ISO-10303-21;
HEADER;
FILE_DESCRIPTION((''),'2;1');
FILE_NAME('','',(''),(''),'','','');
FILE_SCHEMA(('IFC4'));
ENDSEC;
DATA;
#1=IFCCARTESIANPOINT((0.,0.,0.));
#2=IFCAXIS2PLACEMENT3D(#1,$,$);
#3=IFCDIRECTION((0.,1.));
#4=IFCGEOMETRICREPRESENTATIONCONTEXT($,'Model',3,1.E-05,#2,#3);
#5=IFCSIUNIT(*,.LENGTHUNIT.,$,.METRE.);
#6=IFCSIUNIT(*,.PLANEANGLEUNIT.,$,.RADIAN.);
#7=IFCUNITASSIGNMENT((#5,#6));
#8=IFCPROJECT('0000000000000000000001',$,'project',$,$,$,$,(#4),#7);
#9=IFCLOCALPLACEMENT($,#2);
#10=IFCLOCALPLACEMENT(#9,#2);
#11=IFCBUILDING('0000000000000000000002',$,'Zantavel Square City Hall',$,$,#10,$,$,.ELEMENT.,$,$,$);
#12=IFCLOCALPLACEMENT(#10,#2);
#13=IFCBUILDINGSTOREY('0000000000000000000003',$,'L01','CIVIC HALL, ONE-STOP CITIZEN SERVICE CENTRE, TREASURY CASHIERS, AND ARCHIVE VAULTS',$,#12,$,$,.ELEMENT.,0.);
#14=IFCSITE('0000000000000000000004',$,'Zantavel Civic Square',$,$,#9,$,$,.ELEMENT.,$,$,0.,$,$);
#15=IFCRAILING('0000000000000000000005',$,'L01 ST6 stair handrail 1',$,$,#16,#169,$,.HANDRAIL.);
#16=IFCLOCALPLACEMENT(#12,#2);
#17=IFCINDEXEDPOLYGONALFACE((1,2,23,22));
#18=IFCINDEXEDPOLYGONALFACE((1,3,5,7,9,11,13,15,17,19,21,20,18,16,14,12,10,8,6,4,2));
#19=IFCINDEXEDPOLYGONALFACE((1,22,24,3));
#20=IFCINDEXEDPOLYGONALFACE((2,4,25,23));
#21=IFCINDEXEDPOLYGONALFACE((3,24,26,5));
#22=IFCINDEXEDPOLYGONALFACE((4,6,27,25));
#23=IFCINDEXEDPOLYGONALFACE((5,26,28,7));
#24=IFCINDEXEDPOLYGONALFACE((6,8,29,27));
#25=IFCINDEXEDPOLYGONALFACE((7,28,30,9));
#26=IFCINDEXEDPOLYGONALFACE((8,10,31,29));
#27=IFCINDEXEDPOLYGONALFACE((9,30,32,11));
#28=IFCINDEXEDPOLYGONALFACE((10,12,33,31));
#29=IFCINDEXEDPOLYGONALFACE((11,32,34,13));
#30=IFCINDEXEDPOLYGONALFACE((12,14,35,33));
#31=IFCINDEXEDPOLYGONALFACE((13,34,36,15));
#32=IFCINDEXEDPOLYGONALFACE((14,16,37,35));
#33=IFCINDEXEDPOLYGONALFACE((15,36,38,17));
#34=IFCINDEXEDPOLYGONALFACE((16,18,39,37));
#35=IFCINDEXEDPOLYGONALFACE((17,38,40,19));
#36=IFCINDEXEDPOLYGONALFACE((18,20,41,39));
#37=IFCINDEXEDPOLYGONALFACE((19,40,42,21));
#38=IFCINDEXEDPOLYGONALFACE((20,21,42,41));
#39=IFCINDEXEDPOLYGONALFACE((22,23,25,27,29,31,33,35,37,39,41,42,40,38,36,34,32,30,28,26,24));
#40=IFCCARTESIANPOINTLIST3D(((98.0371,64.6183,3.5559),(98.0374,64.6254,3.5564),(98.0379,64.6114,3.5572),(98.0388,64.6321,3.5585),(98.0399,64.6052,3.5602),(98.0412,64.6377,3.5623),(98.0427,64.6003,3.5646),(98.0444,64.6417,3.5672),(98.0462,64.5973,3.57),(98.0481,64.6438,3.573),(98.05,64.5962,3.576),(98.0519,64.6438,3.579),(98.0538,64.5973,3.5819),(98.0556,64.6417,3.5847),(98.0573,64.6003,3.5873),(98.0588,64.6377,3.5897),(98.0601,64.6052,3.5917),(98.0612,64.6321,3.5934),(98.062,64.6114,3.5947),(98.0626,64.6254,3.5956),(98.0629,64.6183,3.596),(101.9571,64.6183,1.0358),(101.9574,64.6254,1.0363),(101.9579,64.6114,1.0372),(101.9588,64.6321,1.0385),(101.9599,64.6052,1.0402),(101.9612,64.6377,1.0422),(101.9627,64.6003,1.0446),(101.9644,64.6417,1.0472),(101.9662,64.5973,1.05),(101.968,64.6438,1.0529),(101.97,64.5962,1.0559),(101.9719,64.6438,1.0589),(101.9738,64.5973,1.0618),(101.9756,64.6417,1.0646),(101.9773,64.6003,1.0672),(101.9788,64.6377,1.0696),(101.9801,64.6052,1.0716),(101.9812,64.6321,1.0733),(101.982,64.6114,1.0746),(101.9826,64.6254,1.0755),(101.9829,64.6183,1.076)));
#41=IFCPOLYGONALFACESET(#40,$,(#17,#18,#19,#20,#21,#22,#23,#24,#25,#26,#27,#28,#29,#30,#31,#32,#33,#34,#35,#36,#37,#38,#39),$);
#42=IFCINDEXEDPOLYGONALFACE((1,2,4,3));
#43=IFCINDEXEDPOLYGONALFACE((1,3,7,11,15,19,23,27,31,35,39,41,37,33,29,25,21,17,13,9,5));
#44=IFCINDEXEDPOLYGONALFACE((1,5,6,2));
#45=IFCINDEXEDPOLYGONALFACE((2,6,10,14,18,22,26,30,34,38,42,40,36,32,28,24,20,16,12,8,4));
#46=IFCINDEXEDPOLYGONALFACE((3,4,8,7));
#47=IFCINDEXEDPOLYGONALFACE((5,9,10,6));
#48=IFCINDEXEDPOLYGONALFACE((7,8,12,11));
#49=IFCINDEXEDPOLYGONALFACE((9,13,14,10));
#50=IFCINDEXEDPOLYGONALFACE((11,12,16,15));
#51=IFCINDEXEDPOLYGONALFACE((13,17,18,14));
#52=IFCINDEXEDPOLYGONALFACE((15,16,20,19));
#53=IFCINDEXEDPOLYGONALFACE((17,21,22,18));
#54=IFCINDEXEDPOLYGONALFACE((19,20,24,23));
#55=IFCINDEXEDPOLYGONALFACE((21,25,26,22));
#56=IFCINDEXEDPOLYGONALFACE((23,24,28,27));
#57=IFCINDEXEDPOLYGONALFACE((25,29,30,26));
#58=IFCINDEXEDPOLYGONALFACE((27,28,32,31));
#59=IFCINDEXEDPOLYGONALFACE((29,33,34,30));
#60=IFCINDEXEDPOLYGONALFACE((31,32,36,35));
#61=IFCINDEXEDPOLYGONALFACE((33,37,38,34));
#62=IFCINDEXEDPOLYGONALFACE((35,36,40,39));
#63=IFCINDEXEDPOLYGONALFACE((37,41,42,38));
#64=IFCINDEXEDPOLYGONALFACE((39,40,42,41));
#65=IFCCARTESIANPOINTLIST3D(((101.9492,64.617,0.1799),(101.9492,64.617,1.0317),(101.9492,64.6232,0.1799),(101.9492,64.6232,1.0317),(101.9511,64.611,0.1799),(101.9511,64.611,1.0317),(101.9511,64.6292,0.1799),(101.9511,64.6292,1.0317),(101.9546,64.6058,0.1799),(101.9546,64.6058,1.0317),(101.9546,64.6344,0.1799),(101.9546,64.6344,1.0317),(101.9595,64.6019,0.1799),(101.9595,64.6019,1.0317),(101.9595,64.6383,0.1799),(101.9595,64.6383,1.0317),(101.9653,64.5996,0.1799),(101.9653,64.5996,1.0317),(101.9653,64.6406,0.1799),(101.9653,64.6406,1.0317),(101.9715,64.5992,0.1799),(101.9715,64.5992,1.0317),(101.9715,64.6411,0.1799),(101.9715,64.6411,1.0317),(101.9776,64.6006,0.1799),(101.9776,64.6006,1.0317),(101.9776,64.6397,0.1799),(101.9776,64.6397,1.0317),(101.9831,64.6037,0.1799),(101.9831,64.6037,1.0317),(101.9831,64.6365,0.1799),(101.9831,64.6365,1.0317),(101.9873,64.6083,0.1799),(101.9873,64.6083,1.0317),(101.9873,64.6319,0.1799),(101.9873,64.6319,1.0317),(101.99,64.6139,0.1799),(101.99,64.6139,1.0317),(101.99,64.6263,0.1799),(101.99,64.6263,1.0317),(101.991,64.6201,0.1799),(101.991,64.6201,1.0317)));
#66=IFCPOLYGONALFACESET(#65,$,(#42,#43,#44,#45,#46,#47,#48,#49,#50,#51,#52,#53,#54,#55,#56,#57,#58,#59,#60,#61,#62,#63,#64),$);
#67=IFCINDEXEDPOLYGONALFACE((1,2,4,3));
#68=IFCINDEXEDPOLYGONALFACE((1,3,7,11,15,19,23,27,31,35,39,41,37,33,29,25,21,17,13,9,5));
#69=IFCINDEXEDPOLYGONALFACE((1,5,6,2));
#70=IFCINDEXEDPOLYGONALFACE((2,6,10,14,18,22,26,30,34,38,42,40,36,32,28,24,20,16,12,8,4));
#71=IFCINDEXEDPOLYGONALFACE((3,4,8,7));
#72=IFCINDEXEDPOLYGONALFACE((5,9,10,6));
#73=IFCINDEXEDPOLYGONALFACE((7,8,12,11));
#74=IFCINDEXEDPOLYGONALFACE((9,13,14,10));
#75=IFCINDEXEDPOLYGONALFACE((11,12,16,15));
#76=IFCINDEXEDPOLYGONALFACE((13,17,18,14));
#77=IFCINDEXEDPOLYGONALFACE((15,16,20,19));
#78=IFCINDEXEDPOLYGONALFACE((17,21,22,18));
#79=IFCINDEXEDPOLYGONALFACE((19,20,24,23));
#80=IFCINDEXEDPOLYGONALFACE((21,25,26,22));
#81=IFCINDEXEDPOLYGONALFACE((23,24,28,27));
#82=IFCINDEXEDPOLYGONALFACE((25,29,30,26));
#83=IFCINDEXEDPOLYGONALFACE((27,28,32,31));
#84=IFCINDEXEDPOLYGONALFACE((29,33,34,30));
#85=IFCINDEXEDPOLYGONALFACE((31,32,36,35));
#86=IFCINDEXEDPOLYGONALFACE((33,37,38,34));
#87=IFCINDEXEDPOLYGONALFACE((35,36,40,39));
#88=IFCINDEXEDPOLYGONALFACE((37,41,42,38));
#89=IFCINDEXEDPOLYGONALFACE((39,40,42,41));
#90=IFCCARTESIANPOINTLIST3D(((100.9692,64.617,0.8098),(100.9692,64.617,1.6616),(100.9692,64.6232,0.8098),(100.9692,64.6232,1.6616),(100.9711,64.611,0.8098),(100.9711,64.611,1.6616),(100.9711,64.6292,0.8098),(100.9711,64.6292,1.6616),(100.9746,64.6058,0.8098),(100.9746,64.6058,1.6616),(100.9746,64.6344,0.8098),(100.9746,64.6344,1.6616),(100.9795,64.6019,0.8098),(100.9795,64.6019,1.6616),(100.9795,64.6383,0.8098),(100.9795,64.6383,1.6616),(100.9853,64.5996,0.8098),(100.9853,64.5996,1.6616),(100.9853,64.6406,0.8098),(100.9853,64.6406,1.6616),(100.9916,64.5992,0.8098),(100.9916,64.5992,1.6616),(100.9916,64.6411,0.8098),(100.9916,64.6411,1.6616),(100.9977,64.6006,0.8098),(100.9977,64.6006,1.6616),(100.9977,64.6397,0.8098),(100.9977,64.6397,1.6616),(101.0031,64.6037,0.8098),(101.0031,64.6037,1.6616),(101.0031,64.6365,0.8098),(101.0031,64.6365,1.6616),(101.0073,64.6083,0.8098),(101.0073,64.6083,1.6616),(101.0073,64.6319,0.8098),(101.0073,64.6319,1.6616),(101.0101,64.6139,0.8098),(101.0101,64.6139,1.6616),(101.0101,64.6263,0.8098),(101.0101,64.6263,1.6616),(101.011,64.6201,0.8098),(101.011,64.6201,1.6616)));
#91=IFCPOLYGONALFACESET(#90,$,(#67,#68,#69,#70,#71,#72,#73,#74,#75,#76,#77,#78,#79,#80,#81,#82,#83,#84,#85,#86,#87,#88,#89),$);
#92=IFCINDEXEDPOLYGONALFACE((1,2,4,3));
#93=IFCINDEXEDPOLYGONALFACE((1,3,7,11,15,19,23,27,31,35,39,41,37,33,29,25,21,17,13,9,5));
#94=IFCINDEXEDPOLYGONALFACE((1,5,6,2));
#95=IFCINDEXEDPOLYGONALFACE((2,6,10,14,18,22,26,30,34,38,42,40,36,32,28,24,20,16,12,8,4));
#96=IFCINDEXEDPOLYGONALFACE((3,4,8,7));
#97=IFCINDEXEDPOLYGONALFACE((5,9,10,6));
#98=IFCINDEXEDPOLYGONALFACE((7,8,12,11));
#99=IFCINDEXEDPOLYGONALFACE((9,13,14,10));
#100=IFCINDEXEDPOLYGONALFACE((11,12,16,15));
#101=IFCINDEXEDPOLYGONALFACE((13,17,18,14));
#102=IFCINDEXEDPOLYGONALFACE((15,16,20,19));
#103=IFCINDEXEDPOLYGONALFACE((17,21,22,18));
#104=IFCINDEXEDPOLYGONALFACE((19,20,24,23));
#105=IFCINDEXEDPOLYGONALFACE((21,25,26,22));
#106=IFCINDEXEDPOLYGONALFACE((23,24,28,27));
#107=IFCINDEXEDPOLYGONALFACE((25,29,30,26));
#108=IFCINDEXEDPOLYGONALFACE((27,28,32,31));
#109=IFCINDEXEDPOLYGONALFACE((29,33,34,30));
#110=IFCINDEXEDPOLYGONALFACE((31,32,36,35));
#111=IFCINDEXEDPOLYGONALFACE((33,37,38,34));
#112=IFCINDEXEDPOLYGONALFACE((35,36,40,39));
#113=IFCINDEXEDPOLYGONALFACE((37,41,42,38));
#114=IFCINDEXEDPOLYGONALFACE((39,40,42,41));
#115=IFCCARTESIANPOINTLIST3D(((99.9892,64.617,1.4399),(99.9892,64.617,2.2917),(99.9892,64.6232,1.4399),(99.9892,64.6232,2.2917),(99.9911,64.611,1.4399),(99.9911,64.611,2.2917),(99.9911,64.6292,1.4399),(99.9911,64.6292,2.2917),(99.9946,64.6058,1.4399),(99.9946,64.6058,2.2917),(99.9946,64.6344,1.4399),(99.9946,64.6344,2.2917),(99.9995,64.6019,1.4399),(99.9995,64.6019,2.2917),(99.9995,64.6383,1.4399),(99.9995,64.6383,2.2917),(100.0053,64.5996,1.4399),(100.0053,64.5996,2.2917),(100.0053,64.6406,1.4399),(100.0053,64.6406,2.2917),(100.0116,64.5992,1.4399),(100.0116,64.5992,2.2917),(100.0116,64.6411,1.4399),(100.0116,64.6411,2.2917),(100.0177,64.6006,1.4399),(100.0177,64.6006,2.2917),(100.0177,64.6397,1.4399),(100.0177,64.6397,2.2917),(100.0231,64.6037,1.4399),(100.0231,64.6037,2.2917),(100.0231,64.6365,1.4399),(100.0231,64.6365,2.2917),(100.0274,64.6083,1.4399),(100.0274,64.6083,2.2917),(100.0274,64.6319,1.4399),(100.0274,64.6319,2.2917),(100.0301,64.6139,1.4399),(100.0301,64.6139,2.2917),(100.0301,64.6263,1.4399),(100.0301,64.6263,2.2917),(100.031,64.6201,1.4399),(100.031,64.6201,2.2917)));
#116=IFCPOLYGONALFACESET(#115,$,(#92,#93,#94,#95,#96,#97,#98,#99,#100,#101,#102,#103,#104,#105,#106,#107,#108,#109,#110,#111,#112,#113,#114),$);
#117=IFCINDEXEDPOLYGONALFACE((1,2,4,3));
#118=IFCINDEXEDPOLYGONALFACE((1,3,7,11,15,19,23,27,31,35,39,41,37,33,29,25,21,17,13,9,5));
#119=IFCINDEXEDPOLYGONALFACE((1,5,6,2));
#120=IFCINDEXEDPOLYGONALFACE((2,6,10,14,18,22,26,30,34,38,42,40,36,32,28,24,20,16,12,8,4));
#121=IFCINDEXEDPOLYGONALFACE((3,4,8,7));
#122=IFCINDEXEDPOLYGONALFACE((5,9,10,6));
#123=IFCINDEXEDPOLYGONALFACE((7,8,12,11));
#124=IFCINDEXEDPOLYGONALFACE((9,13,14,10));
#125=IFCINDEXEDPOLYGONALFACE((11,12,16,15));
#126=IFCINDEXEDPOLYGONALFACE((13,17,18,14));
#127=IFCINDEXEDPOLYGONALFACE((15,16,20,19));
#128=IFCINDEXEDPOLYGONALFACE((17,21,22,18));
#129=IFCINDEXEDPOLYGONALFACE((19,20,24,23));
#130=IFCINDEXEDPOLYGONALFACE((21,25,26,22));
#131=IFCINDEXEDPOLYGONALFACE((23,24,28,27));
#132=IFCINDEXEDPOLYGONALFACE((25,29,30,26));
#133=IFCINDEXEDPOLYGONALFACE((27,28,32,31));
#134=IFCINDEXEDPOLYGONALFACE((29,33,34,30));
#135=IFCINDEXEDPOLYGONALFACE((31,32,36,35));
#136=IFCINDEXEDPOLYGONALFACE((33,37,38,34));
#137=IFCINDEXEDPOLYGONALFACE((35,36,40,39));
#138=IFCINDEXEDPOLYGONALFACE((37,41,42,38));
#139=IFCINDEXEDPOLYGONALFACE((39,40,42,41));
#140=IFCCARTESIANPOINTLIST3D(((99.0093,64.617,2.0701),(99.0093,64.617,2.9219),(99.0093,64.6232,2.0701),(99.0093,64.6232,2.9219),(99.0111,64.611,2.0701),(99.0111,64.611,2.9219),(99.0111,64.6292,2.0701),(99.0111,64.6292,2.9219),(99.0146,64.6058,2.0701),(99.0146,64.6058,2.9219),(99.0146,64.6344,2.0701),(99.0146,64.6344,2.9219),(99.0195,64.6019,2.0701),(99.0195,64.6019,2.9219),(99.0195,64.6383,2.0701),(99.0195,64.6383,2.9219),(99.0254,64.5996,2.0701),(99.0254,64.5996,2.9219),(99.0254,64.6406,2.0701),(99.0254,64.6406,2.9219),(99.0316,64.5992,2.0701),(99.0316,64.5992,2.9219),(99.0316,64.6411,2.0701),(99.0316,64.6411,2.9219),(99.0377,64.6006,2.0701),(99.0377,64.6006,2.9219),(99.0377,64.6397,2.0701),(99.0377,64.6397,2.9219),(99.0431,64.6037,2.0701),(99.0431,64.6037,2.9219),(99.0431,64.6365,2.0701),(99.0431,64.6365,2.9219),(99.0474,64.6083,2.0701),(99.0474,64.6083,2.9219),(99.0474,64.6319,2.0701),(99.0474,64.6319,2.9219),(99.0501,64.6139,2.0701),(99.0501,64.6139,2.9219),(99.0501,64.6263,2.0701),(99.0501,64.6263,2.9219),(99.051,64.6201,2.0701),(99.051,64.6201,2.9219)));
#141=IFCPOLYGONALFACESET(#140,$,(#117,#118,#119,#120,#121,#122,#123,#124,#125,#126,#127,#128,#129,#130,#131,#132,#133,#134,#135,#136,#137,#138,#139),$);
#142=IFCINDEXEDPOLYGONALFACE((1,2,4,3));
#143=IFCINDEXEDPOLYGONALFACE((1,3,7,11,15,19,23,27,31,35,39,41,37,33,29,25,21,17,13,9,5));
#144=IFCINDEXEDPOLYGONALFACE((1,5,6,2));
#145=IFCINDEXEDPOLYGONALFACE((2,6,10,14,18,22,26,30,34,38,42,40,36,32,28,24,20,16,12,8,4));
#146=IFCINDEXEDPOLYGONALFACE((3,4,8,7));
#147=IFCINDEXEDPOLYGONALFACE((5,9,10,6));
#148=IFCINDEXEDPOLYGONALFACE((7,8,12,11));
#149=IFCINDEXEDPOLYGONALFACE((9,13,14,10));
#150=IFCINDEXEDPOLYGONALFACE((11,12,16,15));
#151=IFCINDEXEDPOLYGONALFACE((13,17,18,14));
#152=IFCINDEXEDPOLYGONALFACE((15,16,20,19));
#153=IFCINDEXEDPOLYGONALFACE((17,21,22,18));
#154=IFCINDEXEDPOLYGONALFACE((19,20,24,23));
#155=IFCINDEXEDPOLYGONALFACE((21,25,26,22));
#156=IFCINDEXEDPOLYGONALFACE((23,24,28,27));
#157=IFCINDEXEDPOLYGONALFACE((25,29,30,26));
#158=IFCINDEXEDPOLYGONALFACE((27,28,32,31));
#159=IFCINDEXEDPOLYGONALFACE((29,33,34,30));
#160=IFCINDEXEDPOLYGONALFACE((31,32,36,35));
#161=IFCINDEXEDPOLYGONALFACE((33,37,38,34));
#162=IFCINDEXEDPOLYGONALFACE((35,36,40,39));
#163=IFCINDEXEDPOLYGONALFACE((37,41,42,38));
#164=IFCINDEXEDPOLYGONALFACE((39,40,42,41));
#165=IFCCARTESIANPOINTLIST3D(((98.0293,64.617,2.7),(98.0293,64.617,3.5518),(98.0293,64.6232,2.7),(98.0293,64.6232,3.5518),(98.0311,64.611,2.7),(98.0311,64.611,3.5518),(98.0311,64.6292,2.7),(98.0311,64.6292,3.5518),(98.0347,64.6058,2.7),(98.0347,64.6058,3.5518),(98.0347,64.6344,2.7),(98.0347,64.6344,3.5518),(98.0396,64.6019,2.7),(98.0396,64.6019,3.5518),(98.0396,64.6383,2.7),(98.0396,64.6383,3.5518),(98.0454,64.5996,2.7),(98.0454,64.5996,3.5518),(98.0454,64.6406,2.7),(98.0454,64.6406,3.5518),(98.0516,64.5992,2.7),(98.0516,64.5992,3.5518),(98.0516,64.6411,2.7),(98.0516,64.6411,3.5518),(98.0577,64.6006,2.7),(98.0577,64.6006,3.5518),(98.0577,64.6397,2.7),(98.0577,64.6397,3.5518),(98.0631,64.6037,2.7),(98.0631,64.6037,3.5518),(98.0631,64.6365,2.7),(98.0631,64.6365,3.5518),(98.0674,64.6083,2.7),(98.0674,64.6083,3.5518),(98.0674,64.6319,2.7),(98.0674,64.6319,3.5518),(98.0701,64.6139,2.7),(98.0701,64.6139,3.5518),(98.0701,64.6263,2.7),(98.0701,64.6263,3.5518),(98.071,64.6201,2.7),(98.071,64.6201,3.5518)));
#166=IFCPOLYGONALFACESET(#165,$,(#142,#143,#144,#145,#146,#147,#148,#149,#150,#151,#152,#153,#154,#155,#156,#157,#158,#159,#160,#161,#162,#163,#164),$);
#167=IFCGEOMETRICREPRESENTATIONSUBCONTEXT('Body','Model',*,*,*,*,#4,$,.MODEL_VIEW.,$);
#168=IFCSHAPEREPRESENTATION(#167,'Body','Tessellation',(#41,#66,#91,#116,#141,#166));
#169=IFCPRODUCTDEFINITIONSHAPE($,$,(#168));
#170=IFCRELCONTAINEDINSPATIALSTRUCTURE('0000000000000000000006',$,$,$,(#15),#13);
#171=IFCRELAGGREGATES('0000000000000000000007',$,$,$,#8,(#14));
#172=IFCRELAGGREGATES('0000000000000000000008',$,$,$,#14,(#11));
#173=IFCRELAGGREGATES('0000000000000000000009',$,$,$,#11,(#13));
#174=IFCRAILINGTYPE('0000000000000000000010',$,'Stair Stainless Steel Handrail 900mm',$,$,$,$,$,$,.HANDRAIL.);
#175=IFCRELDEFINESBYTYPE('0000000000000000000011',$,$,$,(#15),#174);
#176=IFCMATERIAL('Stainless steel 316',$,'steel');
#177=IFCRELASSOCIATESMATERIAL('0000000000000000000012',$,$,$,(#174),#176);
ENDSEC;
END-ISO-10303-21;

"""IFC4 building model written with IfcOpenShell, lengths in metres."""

from ifc_helpers import new_model, si_unit, direction, frame, origin, origin_2d, place, context, subcontext, project, spatial, circle, extrude, material, type_object, element, save


model = new_model("IFC4")

# Units and contexts
model_context = context("Model", 3, precision=1e-05, world=origin(), true_north=direction((0.0, 1.0)))
body_context = subcontext(model_context, "Body", "Model", "MODEL_VIEW")
ifc_project = project(units=[si_unit("LENGTHUNIT", "METRE"), si_unit("PLANEANGLEUNIT", "RADIAN")], contexts=[model_context])

# Site, building, storey
site_placement = place(None, origin())
site = spatial("IfcSite", under=ifc_project, at=site_placement, Name="Zantavel Civic Square", CompositionType="ELEMENT", RefElevation=0.0)
building_placement = place(site_placement, origin())
building = spatial("IfcBuilding", under=site, at=building_placement, Name="Zantavel Square City Hall", CompositionType="ELEMENT")
storey_placement = place(building_placement, origin())
storey = spatial("IfcBuildingStorey", under=building, at=storey_placement, Name="L01", Description="CIVIC HALL, ONE-STOP CITIZEN SERVICE CENTRE, TREASURY CASHIERS, AND ARCHIVE VAULTS", CompositionType="ELEMENT", Elevation=0.0)

# Shared definitions
ifc_material_1 = material(Name="Stainless steel 316", Category="steel")

# Railing
railing_type_1 = type_object("IfcRailingType", Name="Stair Stainless Steel Handrail 900mm", PredefinedType="HANDRAIL", material=ifc_material_1)
railing_1_placement = place(storey_placement, frame((101.97, 64.6201, 0.1799)))
element("IfcRailing", 1, at=railing_1_placement, inside=storey, type_object=railing_type_1, Name="L01 ST6 stair handrail 1", PredefinedType="HANDRAIL", context=body_context, shape_type="SweptSolid", body=[
    extrude(circle(Radius=0.0239, at=origin_2d()), frame((0.0, 0.0, 0.876), z_axis=(-0.841172, 0.0, 0.540768), x_axis=(0.0, -1.0, 0.0)), (0.0, 0.0, 1.0), 4.6602),
    extrude(circle(Radius=0.021, at=origin_2d()), origin(), (0.0, 0.0, 1.0), 0.8518),
    extrude(circle(Radius=0.021, at=origin_2d()), frame((-0.98, 0.0, 0.6299)), (0.0, 0.0, 1.0), 0.8518),
    extrude(circle(Radius=0.021, at=origin_2d()), frame((-1.96, 0.0, 1.26)), (0.0, 0.0, 1.0), 0.8518),
    extrude(circle(Radius=0.021, at=origin_2d()), frame((-2.9399, 0.0, 1.8901)), (0.0, 0.0, 1.0), 0.8518),
    extrude(circle(Radius=0.021, at=origin_2d()), frame((-3.9199, 0.0, 2.52)), (0.0, 0.0, 1.0), 0.8518),
])

save(model, "model.ifc")
